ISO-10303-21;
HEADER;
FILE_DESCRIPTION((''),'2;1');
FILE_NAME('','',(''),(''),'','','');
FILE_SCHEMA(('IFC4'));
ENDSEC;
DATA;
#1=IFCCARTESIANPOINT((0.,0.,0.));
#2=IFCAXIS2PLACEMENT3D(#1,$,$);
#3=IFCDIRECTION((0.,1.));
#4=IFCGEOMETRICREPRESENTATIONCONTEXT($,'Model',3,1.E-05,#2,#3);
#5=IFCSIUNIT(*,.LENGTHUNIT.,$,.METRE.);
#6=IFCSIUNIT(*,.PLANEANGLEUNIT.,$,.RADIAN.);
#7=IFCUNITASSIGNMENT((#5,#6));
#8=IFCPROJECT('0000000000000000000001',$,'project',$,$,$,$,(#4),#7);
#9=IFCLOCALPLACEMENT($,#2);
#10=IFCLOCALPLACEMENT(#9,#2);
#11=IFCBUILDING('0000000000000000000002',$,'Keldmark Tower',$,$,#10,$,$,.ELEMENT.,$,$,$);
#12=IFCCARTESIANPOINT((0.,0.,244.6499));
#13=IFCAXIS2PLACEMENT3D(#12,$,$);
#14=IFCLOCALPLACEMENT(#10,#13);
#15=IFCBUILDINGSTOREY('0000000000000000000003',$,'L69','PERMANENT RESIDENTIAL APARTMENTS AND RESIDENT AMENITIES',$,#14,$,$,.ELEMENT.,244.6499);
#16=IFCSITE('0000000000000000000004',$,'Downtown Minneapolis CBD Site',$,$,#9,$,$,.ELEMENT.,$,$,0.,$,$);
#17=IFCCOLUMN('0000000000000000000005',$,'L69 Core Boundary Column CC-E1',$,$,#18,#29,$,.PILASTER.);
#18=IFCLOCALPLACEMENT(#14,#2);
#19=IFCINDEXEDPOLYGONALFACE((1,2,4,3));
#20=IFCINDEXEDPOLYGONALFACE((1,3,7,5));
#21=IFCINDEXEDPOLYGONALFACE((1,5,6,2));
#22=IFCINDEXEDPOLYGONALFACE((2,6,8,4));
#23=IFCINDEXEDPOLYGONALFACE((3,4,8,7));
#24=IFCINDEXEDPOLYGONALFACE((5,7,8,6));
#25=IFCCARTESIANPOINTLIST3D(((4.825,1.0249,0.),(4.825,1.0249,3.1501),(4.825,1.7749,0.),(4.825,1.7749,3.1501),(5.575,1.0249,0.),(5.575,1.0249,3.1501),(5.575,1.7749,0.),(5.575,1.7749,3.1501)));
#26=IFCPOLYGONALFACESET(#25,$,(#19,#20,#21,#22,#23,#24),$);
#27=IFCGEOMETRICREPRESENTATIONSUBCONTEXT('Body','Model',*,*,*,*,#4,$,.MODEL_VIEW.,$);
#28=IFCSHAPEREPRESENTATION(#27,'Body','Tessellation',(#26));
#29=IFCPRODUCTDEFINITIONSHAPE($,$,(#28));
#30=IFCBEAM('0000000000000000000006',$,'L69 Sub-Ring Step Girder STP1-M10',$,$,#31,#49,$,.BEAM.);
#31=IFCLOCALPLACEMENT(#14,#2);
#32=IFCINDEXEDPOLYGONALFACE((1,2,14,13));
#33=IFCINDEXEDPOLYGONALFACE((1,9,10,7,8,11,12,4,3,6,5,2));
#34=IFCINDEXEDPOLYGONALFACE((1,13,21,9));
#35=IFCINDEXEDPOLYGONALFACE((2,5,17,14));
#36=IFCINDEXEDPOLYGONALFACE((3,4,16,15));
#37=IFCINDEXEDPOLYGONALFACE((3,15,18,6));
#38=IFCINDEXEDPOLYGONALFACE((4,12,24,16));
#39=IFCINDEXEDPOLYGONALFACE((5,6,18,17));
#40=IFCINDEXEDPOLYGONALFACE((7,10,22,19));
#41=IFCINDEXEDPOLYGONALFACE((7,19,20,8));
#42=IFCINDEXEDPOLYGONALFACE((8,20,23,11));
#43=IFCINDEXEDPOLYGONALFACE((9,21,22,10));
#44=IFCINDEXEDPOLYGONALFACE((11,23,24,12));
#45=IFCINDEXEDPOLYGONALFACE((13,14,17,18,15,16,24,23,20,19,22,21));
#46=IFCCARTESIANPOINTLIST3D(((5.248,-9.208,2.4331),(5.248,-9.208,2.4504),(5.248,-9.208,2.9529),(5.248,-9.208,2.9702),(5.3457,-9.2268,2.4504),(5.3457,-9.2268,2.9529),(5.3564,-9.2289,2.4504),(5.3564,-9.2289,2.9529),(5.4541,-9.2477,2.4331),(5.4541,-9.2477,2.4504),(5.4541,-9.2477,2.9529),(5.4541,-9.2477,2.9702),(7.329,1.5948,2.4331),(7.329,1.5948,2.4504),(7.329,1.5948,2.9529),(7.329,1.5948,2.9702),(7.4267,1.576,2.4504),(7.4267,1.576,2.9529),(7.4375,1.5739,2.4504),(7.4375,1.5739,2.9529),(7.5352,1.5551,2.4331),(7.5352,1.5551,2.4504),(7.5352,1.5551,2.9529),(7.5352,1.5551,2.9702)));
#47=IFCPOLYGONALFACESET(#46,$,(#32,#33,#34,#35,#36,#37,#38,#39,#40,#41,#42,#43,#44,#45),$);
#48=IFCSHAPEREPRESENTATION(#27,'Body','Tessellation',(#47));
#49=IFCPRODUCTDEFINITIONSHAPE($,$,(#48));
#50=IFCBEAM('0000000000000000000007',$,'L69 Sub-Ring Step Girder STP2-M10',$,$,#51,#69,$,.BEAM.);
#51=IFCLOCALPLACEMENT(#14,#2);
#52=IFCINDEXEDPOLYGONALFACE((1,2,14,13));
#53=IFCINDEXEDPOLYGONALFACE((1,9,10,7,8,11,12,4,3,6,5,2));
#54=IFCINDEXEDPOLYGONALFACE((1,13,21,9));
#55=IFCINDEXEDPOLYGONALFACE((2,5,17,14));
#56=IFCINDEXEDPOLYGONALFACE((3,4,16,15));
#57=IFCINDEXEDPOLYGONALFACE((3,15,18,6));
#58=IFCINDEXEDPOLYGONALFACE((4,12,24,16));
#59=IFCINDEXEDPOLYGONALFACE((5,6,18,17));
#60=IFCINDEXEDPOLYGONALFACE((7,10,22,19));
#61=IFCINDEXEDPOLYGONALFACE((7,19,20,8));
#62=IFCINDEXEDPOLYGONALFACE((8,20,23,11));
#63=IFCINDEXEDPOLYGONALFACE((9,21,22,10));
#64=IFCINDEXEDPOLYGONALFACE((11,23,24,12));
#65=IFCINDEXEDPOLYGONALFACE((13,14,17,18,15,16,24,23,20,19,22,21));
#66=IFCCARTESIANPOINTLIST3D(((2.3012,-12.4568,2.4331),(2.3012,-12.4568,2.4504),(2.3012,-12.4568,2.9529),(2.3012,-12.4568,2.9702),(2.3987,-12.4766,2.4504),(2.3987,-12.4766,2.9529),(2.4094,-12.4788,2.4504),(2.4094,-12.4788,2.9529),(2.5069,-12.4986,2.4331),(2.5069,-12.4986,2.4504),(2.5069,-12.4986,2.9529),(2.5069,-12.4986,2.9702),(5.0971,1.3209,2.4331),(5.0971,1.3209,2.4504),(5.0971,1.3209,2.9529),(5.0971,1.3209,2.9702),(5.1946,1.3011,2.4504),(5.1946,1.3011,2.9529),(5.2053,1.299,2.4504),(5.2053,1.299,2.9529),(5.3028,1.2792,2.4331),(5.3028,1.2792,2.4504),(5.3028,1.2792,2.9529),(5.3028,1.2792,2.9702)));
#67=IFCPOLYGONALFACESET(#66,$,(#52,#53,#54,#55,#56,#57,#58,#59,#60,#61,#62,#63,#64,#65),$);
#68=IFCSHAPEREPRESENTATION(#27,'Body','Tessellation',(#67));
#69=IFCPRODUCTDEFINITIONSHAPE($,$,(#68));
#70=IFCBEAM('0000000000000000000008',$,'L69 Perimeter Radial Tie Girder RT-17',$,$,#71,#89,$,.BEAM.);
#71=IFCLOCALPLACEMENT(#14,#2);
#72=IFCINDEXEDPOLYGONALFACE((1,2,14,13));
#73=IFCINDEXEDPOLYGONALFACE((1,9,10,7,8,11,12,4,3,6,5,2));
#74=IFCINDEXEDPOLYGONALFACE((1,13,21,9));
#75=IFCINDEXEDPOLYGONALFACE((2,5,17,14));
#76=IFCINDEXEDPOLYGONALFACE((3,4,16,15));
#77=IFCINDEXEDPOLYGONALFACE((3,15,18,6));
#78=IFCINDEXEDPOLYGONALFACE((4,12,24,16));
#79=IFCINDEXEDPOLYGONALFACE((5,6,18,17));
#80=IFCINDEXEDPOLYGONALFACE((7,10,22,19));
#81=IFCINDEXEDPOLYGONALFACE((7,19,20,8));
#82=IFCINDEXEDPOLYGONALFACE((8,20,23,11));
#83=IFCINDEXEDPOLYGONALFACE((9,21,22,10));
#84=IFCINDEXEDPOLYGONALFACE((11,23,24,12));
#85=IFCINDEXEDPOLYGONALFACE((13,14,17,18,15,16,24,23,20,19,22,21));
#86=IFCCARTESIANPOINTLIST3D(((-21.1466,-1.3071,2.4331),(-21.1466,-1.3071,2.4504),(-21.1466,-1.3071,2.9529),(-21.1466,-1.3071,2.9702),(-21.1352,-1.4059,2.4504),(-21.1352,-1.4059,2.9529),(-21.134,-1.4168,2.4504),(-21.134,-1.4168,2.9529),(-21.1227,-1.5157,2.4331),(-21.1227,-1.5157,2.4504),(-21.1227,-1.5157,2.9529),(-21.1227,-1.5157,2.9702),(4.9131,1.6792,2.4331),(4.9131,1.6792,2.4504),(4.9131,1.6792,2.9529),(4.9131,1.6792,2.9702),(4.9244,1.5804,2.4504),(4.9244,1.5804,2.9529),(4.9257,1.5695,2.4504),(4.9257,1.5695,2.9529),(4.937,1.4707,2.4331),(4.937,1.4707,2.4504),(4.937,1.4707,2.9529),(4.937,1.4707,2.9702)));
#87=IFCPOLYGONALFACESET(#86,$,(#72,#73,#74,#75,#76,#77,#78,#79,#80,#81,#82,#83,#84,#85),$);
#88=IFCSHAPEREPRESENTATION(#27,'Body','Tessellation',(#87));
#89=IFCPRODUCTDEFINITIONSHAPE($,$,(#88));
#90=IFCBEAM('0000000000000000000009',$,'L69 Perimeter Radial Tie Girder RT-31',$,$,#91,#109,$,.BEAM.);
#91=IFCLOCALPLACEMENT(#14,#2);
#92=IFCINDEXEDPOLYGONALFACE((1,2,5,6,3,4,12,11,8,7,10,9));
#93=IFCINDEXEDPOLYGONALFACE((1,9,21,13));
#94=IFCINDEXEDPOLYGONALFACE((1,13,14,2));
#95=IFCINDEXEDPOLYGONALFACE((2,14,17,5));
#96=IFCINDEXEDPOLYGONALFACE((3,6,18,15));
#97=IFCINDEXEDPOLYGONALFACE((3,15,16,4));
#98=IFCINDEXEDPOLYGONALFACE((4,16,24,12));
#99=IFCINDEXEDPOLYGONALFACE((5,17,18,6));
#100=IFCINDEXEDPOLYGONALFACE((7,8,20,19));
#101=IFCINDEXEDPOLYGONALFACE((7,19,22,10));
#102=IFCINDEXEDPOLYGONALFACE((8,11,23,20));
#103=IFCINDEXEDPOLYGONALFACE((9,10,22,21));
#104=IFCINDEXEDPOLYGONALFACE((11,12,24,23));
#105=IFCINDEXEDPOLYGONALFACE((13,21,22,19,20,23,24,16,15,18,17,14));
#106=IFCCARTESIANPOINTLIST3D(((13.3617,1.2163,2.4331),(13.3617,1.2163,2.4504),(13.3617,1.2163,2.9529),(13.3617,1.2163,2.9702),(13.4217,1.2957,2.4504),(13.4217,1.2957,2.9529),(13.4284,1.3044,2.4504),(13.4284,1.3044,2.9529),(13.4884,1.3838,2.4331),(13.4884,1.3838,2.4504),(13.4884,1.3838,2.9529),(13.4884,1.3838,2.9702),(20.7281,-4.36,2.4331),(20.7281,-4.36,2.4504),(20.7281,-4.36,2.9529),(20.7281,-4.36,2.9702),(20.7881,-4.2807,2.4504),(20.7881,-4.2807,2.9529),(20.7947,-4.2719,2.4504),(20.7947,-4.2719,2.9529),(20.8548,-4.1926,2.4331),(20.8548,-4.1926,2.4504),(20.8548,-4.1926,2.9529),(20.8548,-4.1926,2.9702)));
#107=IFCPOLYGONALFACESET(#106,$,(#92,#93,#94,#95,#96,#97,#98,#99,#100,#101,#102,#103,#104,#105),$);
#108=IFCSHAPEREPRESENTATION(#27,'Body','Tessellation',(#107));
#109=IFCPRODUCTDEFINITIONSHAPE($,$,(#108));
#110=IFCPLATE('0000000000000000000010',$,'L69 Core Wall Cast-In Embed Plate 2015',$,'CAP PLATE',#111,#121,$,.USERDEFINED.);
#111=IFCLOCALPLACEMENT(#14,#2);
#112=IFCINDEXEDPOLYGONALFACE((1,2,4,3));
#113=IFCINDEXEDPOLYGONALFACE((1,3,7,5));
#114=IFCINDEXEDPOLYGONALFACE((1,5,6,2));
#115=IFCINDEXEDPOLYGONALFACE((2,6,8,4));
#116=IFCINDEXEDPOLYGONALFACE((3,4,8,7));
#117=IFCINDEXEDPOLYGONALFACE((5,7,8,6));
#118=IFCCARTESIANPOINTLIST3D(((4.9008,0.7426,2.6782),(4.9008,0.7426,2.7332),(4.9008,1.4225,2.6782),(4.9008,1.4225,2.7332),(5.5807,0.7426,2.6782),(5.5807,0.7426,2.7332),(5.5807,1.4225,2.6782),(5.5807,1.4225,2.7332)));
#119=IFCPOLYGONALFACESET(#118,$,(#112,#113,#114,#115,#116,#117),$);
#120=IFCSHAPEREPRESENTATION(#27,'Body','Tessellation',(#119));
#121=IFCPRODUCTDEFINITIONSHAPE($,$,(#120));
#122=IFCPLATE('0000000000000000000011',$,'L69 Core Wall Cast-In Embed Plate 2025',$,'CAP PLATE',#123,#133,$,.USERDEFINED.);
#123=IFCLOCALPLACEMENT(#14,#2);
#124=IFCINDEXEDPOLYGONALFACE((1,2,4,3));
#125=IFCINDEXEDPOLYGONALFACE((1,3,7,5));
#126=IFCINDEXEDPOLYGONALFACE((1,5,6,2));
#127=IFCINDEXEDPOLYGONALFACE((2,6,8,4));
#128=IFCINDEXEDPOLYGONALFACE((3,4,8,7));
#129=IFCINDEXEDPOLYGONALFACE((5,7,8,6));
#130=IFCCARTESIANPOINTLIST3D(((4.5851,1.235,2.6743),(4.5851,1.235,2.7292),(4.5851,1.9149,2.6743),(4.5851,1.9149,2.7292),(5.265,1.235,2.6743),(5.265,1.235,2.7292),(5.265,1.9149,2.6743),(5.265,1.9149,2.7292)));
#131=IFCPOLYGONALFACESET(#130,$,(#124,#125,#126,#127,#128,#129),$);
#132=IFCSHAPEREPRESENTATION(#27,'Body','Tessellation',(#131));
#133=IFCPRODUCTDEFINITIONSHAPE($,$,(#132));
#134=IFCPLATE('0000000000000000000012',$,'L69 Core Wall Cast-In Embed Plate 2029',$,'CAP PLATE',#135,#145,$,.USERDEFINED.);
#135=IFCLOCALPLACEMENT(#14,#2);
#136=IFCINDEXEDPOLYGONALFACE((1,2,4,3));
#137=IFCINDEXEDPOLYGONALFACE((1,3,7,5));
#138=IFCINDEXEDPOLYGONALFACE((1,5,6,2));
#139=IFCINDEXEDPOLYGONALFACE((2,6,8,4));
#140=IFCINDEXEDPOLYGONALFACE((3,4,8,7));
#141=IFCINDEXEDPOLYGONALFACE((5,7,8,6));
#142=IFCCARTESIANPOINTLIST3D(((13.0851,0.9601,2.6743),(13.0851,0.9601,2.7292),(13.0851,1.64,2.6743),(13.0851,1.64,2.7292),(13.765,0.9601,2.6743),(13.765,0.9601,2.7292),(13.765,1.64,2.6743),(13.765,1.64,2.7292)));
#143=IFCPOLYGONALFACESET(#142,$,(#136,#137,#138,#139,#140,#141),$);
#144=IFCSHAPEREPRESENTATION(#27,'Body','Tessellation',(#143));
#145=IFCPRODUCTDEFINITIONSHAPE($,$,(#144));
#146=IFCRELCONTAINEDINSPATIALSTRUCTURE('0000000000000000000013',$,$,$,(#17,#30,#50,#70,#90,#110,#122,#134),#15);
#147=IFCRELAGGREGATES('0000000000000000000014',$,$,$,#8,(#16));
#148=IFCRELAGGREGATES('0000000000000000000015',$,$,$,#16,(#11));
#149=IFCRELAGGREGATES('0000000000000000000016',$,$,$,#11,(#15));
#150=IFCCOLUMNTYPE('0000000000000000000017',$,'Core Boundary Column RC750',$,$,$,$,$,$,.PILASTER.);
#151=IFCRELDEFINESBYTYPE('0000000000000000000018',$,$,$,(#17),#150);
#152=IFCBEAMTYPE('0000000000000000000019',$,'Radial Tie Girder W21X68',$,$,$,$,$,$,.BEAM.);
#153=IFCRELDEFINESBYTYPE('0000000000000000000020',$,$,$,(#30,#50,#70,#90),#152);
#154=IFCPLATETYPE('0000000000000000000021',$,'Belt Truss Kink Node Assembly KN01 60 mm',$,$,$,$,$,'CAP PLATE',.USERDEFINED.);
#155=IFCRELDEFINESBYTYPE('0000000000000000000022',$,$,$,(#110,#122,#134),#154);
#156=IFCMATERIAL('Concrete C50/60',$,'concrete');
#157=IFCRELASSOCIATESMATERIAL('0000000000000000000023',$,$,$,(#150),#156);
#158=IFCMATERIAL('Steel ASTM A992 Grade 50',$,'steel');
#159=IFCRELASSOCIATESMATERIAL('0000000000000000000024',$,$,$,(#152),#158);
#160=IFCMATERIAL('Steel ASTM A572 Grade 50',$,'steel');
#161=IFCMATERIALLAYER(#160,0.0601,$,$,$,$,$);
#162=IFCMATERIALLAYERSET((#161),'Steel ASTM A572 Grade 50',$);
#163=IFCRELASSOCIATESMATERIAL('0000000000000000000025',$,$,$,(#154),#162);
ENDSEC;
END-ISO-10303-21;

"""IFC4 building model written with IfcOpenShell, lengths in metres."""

from ifc_helpers import new_model, si_unit, direction, frame, origin, origin_2d, place, context, subcontext, project, spatial, rectangle, i_section, extrude, material, layer, layer_set, material_profile, profile_set, type_object, element, save


model = new_model("IFC4")

# Units and contexts
model_context = context("Model", 3, precision=1e-05, world=origin(), true_north=direction((0.0, 1.0)))
body_context = subcontext(model_context, "Body", "Model", "MODEL_VIEW")
ifc_project = project(units=[si_unit("LENGTHUNIT", "METRE"), si_unit("PLANEANGLEUNIT", "RADIAN")], contexts=[model_context])

# Site, building, storey
site_placement = place(None, origin())
site = spatial("IfcSite", under=ifc_project, at=site_placement, Name="Downtown Minneapolis CBD Site", CompositionType="ELEMENT", RefElevation=0.0)
building_placement = place(site_placement, origin())
building = spatial("IfcBuilding", under=site, at=building_placement, Name="Keldmark Tower", CompositionType="ELEMENT")
storey_placement = place(building_placement, frame((0.0, 0.0, 244.6499)))
storey = spatial("IfcBuildingStorey", under=building, at=storey_placement, Name="L69", Description="PERMANENT RESIDENTIAL APARTMENTS AND RESIDENT AMENITIES", CompositionType="ELEMENT", Elevation=244.6499)

# Column
ifc_material_1 = material(Name="Concrete C50/60", Category="concrete")
ifc_material_profile_1 = material_profile(ifc_material_1, rectangle(XDim=0.75, YDim=0.75, at=origin_2d()), Name="RC750X750")
ifc_profile_set_1 = profile_set([ifc_material_profile_1], Name="Concrete C50/60")
column_type = type_object("IfcColumnType", Name="Core Boundary Column RC750", PredefinedType="PILASTER", material=ifc_profile_set_1)
column_placement = place(storey_placement, frame((5.2, 1.3999, 0.0), z_axis=(0.0, 0.0, 1.0), x_axis=(1.0, 0.0, 0.0)))
element("IfcColumn", 1, at=column_placement, inside=storey, type_object=column_type, Name="L69 Core Boundary Column CC-E1", PredefinedType="PILASTER", context=body_context, shape_type="SweptSolid", body=[
    extrude(rectangle(XDim=0.75, YDim=0.75, at=origin_2d()), origin(), (0.0, 0.0, 1.0), 3.1501),
])

# Beams
ifc_material_2 = material(Name="Steel ASTM A992 Grade 50", Category="steel")
ifc_material_profile_2 = material_profile(ifc_material_2, i_section(OverallWidth=0.21, OverallDepth=0.5371, WebThickness=0.011, FlangeThickness=0.0173, at=origin_2d()), Name="W21X68")
ifc_profile_set_2 = profile_set([ifc_material_profile_2], Name="Steel ASTM A992 Grade 50")
beam_type = type_object("IfcBeamType", Name="Radial Tie Girder W21X68", PredefinedType="BEAM", material=ifc_profile_set_2)
beam_1_placement = place(storey_placement, frame((7.4321, 1.575, 2.7017), z_axis=(-0.189163, -0.981946, 0.0), x_axis=(0.981946, -0.189163, 0.0)))
element("IfcBeam", 2, at=beam_1_placement, inside=storey, type_object=beam_type, Name="L69 Sub-Ring Step Girder STP1-M10", PredefinedType="BEAM", context=body_context, shape_type="SweptSolid", body=[
    extrude(i_section(OverallWidth=0.21, OverallDepth=0.5371, WebThickness=0.011, FlangeThickness=0.0173, at=origin_2d()), origin(), (0.0, 0.0, 1.0), 11.0015),
])
beam_2_placement = place(storey_placement, frame((5.2, 1.3, 2.7017), z_axis=(-0.198874, -0.980025, 0.0), x_axis=(0.980025, -0.198874, 0.0)))
element("IfcBeam", 3, at=beam_2_placement, inside=storey, type_object=beam_type, Name="L69 Sub-Ring Step Girder STP2-M10", PredefinedType="BEAM", context=body_context, shape_type="SweptSolid", body=[
    extrude(i_section(OverallWidth=0.21, OverallDepth=0.5371, WebThickness=0.011, FlangeThickness=0.0173, at=origin_2d()), origin(), (0.0, 0.0, 1.0), 14.0586),
])
beam_3_placement = place(storey_placement, frame((4.925, 1.575, 2.7017), z_axis=(-0.993498, -0.113851, 0.0), x_axis=(0.113851, -0.993498, 0.0)))
element("IfcBeam", 4, at=beam_3_placement, inside=storey, type_object=beam_type, Name="L69 Perimeter Radial Tie Girder RT-17", PredefinedType="BEAM", context=body_context, shape_type="SweptSolid", body=[
    extrude(i_section(OverallWidth=0.21, OverallDepth=0.5371, WebThickness=0.011, FlangeThickness=0.0173, at=origin_2d()), origin(), (0.0, 0.0, 1.0), 26.2302),
])
beam_4_placement = place(storey_placement, frame((13.425, 1.3, 2.7017), z_axis=(0.797313, -0.603567, 0.0), x_axis=(0.603567, 0.797313, 0.0)))
element("IfcBeam", 5, at=beam_4_placement, inside=storey, type_object=beam_type, Name="L69 Perimeter Radial Tie Girder RT-31", PredefinedType="BEAM", context=body_context, shape_type="SweptSolid", body=[
    extrude(i_section(OverallWidth=0.21, OverallDepth=0.5371, WebThickness=0.011, FlangeThickness=0.0173, at=origin_2d()), origin(), (0.0, 0.0, 1.0), 9.239),
])

# Plates
ifc_material_3 = material(Name="Steel ASTM A572 Grade 50", Category="steel")
ifc_layer_1 = layer(ifc_material_3, 0.0601)
ifc_layer_set_1 = layer_set([ifc_layer_1], Name="Steel ASTM A572 Grade 50")
plate_type = type_object("IfcPlateType", Name="Belt Truss Kink Node Assembly KN01 60 mm", ElementType="CAP PLATE", PredefinedType="USERDEFINED", material=ifc_layer_set_1)
for number, where, z_axis, x_axis, name in (
    (6, (5.2407, 1.0825, 2.6782), (0.0, 0.0, 1.0), (1.0, 0.0, 0.0), "L69 Core Wall Cast-In Embed Plate 2015"),
    (7, (4.925, 1.575, 2.6743), (0.0, 0.0, 1.0), (1.0, 0.0, 0.0), "L69 Core Wall Cast-In Embed Plate 2025"),
    (8, (13.425, 1.3, 2.6743), (0.0, 0.0, 1.0), (1.0, 0.0, 0.0), "L69 Core Wall Cast-In Embed Plate 2029"),
):
    element("IfcPlate", number, at=place(storey_placement, frame(where, z_axis=z_axis, x_axis=x_axis)), inside=storey, type_object=plate_type, Name=name, ObjectType="CAP PLATE", PredefinedType="USERDEFINED", context=body_context, shape_type="SweptSolid", body=[
        extrude(rectangle(XDim=0.6799, YDim=0.6799, at=origin_2d()), origin(), (0.0, 0.0, 1.0), 0.0549),
    ])

save(model, "model.ifc")
